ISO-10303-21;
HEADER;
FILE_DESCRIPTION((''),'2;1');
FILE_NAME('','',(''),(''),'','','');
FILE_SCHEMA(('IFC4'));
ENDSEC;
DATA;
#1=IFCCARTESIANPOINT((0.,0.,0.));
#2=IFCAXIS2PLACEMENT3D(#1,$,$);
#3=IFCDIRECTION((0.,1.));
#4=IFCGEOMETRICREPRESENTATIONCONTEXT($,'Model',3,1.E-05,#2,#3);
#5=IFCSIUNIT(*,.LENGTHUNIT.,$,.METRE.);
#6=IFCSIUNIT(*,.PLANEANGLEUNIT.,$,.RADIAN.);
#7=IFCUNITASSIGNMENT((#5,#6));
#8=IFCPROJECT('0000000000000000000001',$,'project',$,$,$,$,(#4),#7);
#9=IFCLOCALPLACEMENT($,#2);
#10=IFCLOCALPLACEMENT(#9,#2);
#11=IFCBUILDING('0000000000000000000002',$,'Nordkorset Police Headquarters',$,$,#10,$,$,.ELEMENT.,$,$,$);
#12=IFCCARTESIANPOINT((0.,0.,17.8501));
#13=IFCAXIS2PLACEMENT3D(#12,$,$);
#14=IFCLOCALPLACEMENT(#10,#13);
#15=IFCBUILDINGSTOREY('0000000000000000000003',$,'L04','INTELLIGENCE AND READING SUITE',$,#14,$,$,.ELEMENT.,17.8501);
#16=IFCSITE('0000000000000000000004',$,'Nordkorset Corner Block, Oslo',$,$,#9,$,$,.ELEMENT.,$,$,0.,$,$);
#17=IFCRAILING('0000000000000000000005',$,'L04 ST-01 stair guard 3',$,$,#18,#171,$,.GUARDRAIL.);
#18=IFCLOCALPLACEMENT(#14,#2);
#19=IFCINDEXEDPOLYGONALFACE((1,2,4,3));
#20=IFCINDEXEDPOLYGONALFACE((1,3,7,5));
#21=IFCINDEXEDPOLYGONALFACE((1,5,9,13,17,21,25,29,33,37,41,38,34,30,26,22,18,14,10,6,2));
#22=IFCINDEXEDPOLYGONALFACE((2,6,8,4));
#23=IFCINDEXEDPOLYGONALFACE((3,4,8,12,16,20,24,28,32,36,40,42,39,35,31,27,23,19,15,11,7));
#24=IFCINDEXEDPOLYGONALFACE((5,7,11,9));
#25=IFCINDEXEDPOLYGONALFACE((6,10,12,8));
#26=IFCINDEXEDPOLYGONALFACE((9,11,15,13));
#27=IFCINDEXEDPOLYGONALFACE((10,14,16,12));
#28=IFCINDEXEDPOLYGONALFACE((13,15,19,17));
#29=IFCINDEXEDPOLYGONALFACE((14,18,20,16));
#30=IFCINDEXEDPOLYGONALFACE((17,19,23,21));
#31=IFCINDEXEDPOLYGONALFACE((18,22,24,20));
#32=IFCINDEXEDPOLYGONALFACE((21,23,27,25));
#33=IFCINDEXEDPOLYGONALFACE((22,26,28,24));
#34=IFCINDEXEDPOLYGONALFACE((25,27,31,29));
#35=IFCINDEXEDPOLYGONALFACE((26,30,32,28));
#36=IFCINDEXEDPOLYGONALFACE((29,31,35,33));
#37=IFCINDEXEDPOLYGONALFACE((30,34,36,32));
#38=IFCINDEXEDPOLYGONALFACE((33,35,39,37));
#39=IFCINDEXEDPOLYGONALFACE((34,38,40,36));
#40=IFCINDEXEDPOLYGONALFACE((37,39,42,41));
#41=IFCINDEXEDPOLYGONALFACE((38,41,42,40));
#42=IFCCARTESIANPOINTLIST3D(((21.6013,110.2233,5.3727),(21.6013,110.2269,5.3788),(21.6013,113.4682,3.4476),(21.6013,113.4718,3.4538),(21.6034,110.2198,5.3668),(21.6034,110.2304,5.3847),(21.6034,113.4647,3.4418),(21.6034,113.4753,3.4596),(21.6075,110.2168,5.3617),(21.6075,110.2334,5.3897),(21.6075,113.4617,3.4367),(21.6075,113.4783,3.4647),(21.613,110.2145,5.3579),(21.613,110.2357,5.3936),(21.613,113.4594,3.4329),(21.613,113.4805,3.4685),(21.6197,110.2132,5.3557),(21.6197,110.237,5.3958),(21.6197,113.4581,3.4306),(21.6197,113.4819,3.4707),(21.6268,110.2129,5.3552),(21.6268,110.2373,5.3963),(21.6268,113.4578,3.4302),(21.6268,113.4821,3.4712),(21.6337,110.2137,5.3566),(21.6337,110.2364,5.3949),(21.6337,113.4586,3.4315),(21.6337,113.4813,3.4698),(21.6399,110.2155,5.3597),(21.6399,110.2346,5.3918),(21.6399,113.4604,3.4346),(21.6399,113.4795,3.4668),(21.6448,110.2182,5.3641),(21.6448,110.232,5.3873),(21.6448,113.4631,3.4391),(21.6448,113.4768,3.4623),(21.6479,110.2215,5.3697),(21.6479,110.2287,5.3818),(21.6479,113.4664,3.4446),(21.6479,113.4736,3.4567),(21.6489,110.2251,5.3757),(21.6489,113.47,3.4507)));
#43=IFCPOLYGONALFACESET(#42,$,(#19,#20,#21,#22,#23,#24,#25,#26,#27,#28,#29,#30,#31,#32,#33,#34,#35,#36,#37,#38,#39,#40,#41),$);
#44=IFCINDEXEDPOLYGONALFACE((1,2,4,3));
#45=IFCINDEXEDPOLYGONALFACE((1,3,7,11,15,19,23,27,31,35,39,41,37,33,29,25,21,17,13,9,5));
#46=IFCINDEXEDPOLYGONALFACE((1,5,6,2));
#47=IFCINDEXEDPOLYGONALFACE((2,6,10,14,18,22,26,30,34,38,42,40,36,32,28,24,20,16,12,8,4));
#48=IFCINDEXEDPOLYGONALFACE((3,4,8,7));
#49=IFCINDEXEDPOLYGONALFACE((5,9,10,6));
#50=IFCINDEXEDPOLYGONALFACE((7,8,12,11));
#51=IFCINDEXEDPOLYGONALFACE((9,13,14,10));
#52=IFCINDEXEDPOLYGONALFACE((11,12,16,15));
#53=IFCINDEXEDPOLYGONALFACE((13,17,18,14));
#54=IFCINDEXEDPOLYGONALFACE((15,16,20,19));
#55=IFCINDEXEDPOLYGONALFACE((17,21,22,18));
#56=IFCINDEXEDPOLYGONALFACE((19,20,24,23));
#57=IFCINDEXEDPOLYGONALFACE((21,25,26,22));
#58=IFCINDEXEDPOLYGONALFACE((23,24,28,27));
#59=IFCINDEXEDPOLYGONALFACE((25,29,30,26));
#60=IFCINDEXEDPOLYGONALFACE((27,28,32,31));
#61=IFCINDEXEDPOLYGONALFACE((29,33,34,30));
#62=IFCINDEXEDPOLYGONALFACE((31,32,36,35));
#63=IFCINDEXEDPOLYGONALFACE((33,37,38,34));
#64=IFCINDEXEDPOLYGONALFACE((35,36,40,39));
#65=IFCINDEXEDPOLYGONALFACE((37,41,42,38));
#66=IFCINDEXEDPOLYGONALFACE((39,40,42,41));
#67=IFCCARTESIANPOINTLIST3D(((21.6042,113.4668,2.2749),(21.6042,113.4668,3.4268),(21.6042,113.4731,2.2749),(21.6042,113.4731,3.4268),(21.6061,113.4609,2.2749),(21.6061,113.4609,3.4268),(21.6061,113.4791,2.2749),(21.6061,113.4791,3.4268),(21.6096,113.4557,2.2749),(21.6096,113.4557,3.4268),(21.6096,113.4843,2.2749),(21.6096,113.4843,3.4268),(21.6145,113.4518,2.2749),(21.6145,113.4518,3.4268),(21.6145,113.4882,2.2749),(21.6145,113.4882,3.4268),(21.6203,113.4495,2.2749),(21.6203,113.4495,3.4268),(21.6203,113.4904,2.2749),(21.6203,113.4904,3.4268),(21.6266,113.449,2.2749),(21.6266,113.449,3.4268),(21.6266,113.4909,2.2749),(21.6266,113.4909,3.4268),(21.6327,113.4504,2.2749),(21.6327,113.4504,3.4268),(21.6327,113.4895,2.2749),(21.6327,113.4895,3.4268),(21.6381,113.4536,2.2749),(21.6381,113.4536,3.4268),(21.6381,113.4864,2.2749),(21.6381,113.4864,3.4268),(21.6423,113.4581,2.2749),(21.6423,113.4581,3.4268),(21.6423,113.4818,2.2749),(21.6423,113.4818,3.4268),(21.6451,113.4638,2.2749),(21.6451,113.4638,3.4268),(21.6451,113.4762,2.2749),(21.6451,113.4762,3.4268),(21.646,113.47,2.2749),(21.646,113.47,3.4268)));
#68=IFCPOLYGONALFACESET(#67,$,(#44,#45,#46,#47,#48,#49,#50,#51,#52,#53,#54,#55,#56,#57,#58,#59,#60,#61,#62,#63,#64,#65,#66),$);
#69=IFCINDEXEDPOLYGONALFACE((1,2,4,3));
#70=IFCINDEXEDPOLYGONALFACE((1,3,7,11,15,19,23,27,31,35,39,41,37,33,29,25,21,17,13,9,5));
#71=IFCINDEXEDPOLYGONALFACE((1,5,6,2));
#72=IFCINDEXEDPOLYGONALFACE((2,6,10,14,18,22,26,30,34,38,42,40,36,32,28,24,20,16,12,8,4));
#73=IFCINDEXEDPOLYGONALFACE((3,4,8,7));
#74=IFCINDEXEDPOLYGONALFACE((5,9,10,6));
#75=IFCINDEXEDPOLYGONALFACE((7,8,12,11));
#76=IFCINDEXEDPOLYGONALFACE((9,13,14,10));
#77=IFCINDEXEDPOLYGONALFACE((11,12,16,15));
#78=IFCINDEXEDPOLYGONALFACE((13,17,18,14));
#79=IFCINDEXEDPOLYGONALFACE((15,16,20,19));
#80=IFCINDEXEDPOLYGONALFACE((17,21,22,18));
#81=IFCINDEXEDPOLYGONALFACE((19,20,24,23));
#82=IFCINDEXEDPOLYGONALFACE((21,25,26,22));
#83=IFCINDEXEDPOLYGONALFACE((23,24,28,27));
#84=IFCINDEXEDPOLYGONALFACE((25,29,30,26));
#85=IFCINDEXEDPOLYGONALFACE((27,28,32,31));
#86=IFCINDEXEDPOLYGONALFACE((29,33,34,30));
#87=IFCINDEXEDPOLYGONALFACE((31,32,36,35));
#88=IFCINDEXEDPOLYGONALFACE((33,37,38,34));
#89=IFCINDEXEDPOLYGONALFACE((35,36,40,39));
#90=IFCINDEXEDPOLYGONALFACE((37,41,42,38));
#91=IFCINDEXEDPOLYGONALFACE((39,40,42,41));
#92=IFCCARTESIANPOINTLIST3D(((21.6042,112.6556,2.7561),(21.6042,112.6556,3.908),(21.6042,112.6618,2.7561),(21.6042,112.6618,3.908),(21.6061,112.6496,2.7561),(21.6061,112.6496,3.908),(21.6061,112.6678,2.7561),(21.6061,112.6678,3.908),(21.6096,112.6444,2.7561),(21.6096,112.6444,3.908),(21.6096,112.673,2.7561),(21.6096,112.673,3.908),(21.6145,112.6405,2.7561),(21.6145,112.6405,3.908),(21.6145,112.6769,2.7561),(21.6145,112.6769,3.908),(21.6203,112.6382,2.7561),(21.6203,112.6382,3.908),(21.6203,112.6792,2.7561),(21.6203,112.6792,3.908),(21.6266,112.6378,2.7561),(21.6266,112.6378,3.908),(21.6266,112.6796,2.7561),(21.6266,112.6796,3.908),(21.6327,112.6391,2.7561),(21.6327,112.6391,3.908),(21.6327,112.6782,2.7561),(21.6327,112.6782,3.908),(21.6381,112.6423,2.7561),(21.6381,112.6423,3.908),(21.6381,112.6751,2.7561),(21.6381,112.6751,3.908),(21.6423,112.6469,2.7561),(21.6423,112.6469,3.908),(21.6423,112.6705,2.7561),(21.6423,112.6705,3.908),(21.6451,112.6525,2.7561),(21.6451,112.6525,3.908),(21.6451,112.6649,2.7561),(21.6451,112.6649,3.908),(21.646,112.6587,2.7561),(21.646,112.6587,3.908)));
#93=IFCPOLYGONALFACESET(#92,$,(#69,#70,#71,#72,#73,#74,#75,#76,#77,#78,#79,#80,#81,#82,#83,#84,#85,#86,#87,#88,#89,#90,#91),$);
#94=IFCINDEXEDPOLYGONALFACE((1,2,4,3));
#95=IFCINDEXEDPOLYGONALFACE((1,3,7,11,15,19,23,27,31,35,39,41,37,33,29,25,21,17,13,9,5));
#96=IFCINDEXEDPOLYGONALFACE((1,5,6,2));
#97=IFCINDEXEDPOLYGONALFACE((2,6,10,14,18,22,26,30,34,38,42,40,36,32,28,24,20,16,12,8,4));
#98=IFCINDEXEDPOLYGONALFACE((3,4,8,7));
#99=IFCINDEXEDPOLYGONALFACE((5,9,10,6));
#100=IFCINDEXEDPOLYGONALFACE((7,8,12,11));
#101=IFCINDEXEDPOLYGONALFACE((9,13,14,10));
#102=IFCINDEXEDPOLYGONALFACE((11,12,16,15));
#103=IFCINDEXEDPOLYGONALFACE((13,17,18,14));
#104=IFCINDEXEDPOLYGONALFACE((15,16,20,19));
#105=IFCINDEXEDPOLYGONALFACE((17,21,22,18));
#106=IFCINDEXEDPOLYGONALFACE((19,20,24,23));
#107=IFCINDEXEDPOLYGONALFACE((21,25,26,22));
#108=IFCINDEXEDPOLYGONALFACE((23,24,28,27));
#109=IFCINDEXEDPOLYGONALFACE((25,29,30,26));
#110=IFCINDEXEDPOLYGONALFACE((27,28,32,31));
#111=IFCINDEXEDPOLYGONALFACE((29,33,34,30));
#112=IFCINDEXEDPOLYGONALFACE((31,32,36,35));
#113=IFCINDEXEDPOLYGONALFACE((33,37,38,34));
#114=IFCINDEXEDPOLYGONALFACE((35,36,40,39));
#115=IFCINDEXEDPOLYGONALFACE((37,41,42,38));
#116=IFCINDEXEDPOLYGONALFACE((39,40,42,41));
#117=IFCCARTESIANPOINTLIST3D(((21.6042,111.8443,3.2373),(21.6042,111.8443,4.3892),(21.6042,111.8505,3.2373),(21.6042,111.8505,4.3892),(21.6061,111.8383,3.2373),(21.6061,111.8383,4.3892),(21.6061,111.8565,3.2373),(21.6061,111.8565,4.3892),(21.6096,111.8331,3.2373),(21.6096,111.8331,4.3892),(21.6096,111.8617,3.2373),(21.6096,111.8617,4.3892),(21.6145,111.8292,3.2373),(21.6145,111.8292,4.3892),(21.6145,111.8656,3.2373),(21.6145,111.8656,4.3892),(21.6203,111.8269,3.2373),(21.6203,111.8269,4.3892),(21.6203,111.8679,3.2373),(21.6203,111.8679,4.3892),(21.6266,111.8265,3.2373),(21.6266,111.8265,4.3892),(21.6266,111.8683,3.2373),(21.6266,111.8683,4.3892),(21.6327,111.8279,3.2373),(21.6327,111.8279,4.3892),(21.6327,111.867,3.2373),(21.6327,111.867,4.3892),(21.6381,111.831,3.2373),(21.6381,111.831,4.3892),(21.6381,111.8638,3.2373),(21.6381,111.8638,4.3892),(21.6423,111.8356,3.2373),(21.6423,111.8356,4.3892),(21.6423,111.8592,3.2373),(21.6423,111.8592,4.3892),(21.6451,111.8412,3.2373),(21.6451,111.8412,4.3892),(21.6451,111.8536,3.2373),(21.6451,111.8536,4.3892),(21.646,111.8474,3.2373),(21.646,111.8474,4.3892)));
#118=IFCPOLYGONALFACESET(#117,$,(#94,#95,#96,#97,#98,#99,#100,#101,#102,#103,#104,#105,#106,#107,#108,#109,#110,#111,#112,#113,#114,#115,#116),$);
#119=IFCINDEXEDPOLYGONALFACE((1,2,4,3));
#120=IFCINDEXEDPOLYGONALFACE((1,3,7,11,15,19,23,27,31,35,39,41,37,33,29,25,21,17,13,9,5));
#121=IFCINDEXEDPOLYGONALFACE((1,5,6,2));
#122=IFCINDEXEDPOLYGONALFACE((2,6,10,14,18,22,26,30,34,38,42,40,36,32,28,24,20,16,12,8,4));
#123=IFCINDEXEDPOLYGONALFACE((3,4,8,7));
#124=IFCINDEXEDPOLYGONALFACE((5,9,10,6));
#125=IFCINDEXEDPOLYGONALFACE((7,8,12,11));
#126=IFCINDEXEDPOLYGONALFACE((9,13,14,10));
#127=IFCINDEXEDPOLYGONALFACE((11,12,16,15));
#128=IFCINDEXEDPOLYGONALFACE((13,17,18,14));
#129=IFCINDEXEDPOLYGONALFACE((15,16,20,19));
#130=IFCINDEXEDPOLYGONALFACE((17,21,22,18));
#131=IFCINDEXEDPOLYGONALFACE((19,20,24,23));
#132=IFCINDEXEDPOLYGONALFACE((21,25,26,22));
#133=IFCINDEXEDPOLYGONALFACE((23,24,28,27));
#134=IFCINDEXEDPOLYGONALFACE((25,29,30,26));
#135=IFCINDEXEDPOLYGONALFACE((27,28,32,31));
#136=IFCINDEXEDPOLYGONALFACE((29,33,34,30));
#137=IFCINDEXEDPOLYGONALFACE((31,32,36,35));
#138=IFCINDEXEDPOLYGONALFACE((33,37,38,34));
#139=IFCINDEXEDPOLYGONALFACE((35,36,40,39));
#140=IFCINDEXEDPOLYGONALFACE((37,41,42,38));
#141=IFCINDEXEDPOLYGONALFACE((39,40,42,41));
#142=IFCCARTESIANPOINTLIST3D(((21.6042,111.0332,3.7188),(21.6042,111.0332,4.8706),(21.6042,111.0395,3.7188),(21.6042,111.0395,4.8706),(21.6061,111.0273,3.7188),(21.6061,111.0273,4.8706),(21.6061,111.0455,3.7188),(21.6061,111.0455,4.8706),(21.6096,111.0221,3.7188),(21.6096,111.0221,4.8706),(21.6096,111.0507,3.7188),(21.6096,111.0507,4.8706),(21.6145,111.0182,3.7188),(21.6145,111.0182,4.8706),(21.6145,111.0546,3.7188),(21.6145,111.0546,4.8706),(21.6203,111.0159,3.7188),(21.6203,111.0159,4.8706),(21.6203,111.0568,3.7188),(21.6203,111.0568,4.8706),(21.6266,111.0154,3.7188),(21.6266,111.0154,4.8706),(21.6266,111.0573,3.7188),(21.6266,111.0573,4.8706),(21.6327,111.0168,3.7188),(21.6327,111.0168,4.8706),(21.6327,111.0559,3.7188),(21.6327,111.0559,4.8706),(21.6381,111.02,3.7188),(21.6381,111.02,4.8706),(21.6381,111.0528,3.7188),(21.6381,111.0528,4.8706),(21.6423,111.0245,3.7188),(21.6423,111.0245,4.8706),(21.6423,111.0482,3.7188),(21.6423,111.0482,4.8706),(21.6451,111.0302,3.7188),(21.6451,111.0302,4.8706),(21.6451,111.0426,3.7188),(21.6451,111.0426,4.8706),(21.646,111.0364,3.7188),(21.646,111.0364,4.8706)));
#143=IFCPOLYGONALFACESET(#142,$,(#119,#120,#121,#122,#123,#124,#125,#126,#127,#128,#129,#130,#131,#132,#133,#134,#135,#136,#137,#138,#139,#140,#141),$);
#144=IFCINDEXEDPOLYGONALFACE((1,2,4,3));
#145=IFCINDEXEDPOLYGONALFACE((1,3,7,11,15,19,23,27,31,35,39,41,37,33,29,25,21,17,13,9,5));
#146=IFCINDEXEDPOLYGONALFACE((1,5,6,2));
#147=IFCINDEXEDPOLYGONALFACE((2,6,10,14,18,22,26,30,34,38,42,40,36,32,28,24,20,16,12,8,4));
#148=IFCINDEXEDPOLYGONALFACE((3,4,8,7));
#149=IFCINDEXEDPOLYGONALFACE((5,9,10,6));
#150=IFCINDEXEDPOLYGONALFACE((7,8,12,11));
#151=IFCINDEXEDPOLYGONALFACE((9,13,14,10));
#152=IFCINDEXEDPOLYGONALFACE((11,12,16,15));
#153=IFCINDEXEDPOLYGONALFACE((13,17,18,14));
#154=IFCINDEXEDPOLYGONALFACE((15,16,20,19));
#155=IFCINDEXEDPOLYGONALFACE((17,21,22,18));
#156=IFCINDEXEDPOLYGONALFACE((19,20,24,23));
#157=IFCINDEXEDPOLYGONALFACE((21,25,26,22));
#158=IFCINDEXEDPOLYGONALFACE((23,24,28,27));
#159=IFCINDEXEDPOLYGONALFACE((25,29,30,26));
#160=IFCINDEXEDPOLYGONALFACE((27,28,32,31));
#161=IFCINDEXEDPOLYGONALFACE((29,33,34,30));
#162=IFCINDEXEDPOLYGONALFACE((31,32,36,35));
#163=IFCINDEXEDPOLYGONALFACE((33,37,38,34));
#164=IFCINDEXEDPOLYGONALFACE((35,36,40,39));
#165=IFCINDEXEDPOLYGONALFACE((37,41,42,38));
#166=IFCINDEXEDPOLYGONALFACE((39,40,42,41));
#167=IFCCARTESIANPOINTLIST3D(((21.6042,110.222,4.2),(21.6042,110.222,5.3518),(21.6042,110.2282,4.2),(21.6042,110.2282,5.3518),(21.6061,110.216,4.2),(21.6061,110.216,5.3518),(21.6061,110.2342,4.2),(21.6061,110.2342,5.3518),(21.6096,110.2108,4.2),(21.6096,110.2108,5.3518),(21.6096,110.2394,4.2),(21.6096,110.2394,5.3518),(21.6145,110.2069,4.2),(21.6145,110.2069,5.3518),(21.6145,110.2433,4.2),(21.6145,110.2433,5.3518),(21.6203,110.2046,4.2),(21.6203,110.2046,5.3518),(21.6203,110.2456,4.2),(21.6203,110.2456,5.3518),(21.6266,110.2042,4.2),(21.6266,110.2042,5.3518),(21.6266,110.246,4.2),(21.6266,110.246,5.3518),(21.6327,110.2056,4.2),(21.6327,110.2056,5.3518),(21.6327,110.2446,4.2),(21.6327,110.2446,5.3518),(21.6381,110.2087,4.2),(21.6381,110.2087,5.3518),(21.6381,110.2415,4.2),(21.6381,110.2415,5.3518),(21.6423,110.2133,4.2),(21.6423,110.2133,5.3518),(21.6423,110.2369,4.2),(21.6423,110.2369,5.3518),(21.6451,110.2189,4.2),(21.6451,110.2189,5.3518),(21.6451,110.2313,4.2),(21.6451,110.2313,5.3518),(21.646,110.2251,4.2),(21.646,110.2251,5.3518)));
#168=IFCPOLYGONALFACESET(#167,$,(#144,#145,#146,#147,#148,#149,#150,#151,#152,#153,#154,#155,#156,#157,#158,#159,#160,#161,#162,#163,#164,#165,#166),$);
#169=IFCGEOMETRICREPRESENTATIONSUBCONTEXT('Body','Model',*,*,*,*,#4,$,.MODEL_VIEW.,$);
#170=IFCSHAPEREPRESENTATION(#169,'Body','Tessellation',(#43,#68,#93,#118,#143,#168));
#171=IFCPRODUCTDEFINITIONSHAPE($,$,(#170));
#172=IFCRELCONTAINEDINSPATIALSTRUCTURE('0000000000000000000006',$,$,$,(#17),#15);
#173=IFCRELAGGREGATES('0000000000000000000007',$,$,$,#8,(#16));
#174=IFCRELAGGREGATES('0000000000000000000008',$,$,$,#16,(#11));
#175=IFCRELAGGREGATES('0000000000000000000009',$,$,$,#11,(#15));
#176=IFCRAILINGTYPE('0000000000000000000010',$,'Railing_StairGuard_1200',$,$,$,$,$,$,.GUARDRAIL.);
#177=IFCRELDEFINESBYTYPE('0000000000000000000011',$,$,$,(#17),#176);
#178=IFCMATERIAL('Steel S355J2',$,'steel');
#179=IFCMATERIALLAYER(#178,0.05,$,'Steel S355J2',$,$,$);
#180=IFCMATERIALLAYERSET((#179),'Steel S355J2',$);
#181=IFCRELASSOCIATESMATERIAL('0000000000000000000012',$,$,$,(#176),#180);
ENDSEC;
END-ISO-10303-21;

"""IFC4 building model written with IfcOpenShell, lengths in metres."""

from ifc_helpers import new_model, si_unit, direction, frame, origin, origin_2d, place, context, subcontext, project, spatial, circle, extrude, material, layer, layer_set, type_object, element, save


model = new_model("IFC4")

# Units and contexts
model_context = context("Model", 3, precision=1e-05, world=origin(), true_north=direction((0.0, 1.0)))
body_context = subcontext(model_context, "Body", "Model", "MODEL_VIEW")
ifc_project = project(units=[si_unit("LENGTHUNIT", "METRE"), si_unit("PLANEANGLEUNIT", "RADIAN")], contexts=[model_context])

# Site, building, storey
site_placement = place(None, origin())
site = spatial("IfcSite", under=ifc_project, at=site_placement, Name="Nordkorset Corner Block, Oslo", CompositionType="ELEMENT", RefElevation=0.0)
building_placement = place(site_placement, origin())
building = spatial("IfcBuilding", under=site, at=building_placement, Name="Nordkorset Police Headquarters", CompositionType="ELEMENT")
storey_placement = place(building_placement, frame((0.0, 0.0, 17.8501)))
storey = spatial("IfcBuildingStorey", under=building, at=storey_placement, Name="L04", Description="INTELLIGENCE AND READING SUITE", CompositionType="ELEMENT", Elevation=17.8501)

# Railing
ifc_material_1 = material(Name="Steel S355J2", Category="steel")
ifc_layer_1 = layer(ifc_material_1, 0.05, Name="Steel S355J2")
ifc_layer_set_1 = layer_set([ifc_layer_1], Name="Steel S355J2")
railing_type = type_object("IfcRailingType", Name="Railing_StairGuard_1200", PredefinedType="GUARDRAIL", material=ifc_layer_set_1)
railing_1_placement = place(storey_placement, frame((21.625, 113.47, 2.2749)))
element("IfcRailing", 1, at=railing_1_placement, inside=storey, type_object=railing_type, Name="L04 ST-01 stair guard 3", PredefinedType="GUARDRAIL", context=body_context, shape_type="SweptSolid", body=[
    extrude(circle(Radius=0.0239, at=origin_2d()), frame((0.0, 0.0, 1.1758), z_axis=(0.0, -0.86004, 0.510226), x_axis=(1.0, 0.0, 0.0)), (0.0, 0.0, 1.0), 3.7729),
    extrude(circle(Radius=0.021, at=origin_2d()), origin(), (0.0, 0.0, 1.0), 1.1519),
    extrude(circle(Radius=0.021, at=origin_2d()), frame((0.0, -0.8113, 0.4812)), (0.0, 0.0, 1.0), 1.1519),
    extrude(circle(Radius=0.021, at=origin_2d()), frame((0.0, -1.6226, 0.9624)), (0.0, 0.0, 1.0), 1.1519),
    extrude(circle(Radius=0.021, at=origin_2d()), frame((0.0, -2.4336, 1.4438)), (0.0, 0.0, 1.0), 1.1519),
    extrude(circle(Radius=0.021, at=origin_2d()), frame((0.0, -3.2449, 1.925)), (0.0, 0.0, 1.0), 1.1519),
])

save(model, "model.ifc")
